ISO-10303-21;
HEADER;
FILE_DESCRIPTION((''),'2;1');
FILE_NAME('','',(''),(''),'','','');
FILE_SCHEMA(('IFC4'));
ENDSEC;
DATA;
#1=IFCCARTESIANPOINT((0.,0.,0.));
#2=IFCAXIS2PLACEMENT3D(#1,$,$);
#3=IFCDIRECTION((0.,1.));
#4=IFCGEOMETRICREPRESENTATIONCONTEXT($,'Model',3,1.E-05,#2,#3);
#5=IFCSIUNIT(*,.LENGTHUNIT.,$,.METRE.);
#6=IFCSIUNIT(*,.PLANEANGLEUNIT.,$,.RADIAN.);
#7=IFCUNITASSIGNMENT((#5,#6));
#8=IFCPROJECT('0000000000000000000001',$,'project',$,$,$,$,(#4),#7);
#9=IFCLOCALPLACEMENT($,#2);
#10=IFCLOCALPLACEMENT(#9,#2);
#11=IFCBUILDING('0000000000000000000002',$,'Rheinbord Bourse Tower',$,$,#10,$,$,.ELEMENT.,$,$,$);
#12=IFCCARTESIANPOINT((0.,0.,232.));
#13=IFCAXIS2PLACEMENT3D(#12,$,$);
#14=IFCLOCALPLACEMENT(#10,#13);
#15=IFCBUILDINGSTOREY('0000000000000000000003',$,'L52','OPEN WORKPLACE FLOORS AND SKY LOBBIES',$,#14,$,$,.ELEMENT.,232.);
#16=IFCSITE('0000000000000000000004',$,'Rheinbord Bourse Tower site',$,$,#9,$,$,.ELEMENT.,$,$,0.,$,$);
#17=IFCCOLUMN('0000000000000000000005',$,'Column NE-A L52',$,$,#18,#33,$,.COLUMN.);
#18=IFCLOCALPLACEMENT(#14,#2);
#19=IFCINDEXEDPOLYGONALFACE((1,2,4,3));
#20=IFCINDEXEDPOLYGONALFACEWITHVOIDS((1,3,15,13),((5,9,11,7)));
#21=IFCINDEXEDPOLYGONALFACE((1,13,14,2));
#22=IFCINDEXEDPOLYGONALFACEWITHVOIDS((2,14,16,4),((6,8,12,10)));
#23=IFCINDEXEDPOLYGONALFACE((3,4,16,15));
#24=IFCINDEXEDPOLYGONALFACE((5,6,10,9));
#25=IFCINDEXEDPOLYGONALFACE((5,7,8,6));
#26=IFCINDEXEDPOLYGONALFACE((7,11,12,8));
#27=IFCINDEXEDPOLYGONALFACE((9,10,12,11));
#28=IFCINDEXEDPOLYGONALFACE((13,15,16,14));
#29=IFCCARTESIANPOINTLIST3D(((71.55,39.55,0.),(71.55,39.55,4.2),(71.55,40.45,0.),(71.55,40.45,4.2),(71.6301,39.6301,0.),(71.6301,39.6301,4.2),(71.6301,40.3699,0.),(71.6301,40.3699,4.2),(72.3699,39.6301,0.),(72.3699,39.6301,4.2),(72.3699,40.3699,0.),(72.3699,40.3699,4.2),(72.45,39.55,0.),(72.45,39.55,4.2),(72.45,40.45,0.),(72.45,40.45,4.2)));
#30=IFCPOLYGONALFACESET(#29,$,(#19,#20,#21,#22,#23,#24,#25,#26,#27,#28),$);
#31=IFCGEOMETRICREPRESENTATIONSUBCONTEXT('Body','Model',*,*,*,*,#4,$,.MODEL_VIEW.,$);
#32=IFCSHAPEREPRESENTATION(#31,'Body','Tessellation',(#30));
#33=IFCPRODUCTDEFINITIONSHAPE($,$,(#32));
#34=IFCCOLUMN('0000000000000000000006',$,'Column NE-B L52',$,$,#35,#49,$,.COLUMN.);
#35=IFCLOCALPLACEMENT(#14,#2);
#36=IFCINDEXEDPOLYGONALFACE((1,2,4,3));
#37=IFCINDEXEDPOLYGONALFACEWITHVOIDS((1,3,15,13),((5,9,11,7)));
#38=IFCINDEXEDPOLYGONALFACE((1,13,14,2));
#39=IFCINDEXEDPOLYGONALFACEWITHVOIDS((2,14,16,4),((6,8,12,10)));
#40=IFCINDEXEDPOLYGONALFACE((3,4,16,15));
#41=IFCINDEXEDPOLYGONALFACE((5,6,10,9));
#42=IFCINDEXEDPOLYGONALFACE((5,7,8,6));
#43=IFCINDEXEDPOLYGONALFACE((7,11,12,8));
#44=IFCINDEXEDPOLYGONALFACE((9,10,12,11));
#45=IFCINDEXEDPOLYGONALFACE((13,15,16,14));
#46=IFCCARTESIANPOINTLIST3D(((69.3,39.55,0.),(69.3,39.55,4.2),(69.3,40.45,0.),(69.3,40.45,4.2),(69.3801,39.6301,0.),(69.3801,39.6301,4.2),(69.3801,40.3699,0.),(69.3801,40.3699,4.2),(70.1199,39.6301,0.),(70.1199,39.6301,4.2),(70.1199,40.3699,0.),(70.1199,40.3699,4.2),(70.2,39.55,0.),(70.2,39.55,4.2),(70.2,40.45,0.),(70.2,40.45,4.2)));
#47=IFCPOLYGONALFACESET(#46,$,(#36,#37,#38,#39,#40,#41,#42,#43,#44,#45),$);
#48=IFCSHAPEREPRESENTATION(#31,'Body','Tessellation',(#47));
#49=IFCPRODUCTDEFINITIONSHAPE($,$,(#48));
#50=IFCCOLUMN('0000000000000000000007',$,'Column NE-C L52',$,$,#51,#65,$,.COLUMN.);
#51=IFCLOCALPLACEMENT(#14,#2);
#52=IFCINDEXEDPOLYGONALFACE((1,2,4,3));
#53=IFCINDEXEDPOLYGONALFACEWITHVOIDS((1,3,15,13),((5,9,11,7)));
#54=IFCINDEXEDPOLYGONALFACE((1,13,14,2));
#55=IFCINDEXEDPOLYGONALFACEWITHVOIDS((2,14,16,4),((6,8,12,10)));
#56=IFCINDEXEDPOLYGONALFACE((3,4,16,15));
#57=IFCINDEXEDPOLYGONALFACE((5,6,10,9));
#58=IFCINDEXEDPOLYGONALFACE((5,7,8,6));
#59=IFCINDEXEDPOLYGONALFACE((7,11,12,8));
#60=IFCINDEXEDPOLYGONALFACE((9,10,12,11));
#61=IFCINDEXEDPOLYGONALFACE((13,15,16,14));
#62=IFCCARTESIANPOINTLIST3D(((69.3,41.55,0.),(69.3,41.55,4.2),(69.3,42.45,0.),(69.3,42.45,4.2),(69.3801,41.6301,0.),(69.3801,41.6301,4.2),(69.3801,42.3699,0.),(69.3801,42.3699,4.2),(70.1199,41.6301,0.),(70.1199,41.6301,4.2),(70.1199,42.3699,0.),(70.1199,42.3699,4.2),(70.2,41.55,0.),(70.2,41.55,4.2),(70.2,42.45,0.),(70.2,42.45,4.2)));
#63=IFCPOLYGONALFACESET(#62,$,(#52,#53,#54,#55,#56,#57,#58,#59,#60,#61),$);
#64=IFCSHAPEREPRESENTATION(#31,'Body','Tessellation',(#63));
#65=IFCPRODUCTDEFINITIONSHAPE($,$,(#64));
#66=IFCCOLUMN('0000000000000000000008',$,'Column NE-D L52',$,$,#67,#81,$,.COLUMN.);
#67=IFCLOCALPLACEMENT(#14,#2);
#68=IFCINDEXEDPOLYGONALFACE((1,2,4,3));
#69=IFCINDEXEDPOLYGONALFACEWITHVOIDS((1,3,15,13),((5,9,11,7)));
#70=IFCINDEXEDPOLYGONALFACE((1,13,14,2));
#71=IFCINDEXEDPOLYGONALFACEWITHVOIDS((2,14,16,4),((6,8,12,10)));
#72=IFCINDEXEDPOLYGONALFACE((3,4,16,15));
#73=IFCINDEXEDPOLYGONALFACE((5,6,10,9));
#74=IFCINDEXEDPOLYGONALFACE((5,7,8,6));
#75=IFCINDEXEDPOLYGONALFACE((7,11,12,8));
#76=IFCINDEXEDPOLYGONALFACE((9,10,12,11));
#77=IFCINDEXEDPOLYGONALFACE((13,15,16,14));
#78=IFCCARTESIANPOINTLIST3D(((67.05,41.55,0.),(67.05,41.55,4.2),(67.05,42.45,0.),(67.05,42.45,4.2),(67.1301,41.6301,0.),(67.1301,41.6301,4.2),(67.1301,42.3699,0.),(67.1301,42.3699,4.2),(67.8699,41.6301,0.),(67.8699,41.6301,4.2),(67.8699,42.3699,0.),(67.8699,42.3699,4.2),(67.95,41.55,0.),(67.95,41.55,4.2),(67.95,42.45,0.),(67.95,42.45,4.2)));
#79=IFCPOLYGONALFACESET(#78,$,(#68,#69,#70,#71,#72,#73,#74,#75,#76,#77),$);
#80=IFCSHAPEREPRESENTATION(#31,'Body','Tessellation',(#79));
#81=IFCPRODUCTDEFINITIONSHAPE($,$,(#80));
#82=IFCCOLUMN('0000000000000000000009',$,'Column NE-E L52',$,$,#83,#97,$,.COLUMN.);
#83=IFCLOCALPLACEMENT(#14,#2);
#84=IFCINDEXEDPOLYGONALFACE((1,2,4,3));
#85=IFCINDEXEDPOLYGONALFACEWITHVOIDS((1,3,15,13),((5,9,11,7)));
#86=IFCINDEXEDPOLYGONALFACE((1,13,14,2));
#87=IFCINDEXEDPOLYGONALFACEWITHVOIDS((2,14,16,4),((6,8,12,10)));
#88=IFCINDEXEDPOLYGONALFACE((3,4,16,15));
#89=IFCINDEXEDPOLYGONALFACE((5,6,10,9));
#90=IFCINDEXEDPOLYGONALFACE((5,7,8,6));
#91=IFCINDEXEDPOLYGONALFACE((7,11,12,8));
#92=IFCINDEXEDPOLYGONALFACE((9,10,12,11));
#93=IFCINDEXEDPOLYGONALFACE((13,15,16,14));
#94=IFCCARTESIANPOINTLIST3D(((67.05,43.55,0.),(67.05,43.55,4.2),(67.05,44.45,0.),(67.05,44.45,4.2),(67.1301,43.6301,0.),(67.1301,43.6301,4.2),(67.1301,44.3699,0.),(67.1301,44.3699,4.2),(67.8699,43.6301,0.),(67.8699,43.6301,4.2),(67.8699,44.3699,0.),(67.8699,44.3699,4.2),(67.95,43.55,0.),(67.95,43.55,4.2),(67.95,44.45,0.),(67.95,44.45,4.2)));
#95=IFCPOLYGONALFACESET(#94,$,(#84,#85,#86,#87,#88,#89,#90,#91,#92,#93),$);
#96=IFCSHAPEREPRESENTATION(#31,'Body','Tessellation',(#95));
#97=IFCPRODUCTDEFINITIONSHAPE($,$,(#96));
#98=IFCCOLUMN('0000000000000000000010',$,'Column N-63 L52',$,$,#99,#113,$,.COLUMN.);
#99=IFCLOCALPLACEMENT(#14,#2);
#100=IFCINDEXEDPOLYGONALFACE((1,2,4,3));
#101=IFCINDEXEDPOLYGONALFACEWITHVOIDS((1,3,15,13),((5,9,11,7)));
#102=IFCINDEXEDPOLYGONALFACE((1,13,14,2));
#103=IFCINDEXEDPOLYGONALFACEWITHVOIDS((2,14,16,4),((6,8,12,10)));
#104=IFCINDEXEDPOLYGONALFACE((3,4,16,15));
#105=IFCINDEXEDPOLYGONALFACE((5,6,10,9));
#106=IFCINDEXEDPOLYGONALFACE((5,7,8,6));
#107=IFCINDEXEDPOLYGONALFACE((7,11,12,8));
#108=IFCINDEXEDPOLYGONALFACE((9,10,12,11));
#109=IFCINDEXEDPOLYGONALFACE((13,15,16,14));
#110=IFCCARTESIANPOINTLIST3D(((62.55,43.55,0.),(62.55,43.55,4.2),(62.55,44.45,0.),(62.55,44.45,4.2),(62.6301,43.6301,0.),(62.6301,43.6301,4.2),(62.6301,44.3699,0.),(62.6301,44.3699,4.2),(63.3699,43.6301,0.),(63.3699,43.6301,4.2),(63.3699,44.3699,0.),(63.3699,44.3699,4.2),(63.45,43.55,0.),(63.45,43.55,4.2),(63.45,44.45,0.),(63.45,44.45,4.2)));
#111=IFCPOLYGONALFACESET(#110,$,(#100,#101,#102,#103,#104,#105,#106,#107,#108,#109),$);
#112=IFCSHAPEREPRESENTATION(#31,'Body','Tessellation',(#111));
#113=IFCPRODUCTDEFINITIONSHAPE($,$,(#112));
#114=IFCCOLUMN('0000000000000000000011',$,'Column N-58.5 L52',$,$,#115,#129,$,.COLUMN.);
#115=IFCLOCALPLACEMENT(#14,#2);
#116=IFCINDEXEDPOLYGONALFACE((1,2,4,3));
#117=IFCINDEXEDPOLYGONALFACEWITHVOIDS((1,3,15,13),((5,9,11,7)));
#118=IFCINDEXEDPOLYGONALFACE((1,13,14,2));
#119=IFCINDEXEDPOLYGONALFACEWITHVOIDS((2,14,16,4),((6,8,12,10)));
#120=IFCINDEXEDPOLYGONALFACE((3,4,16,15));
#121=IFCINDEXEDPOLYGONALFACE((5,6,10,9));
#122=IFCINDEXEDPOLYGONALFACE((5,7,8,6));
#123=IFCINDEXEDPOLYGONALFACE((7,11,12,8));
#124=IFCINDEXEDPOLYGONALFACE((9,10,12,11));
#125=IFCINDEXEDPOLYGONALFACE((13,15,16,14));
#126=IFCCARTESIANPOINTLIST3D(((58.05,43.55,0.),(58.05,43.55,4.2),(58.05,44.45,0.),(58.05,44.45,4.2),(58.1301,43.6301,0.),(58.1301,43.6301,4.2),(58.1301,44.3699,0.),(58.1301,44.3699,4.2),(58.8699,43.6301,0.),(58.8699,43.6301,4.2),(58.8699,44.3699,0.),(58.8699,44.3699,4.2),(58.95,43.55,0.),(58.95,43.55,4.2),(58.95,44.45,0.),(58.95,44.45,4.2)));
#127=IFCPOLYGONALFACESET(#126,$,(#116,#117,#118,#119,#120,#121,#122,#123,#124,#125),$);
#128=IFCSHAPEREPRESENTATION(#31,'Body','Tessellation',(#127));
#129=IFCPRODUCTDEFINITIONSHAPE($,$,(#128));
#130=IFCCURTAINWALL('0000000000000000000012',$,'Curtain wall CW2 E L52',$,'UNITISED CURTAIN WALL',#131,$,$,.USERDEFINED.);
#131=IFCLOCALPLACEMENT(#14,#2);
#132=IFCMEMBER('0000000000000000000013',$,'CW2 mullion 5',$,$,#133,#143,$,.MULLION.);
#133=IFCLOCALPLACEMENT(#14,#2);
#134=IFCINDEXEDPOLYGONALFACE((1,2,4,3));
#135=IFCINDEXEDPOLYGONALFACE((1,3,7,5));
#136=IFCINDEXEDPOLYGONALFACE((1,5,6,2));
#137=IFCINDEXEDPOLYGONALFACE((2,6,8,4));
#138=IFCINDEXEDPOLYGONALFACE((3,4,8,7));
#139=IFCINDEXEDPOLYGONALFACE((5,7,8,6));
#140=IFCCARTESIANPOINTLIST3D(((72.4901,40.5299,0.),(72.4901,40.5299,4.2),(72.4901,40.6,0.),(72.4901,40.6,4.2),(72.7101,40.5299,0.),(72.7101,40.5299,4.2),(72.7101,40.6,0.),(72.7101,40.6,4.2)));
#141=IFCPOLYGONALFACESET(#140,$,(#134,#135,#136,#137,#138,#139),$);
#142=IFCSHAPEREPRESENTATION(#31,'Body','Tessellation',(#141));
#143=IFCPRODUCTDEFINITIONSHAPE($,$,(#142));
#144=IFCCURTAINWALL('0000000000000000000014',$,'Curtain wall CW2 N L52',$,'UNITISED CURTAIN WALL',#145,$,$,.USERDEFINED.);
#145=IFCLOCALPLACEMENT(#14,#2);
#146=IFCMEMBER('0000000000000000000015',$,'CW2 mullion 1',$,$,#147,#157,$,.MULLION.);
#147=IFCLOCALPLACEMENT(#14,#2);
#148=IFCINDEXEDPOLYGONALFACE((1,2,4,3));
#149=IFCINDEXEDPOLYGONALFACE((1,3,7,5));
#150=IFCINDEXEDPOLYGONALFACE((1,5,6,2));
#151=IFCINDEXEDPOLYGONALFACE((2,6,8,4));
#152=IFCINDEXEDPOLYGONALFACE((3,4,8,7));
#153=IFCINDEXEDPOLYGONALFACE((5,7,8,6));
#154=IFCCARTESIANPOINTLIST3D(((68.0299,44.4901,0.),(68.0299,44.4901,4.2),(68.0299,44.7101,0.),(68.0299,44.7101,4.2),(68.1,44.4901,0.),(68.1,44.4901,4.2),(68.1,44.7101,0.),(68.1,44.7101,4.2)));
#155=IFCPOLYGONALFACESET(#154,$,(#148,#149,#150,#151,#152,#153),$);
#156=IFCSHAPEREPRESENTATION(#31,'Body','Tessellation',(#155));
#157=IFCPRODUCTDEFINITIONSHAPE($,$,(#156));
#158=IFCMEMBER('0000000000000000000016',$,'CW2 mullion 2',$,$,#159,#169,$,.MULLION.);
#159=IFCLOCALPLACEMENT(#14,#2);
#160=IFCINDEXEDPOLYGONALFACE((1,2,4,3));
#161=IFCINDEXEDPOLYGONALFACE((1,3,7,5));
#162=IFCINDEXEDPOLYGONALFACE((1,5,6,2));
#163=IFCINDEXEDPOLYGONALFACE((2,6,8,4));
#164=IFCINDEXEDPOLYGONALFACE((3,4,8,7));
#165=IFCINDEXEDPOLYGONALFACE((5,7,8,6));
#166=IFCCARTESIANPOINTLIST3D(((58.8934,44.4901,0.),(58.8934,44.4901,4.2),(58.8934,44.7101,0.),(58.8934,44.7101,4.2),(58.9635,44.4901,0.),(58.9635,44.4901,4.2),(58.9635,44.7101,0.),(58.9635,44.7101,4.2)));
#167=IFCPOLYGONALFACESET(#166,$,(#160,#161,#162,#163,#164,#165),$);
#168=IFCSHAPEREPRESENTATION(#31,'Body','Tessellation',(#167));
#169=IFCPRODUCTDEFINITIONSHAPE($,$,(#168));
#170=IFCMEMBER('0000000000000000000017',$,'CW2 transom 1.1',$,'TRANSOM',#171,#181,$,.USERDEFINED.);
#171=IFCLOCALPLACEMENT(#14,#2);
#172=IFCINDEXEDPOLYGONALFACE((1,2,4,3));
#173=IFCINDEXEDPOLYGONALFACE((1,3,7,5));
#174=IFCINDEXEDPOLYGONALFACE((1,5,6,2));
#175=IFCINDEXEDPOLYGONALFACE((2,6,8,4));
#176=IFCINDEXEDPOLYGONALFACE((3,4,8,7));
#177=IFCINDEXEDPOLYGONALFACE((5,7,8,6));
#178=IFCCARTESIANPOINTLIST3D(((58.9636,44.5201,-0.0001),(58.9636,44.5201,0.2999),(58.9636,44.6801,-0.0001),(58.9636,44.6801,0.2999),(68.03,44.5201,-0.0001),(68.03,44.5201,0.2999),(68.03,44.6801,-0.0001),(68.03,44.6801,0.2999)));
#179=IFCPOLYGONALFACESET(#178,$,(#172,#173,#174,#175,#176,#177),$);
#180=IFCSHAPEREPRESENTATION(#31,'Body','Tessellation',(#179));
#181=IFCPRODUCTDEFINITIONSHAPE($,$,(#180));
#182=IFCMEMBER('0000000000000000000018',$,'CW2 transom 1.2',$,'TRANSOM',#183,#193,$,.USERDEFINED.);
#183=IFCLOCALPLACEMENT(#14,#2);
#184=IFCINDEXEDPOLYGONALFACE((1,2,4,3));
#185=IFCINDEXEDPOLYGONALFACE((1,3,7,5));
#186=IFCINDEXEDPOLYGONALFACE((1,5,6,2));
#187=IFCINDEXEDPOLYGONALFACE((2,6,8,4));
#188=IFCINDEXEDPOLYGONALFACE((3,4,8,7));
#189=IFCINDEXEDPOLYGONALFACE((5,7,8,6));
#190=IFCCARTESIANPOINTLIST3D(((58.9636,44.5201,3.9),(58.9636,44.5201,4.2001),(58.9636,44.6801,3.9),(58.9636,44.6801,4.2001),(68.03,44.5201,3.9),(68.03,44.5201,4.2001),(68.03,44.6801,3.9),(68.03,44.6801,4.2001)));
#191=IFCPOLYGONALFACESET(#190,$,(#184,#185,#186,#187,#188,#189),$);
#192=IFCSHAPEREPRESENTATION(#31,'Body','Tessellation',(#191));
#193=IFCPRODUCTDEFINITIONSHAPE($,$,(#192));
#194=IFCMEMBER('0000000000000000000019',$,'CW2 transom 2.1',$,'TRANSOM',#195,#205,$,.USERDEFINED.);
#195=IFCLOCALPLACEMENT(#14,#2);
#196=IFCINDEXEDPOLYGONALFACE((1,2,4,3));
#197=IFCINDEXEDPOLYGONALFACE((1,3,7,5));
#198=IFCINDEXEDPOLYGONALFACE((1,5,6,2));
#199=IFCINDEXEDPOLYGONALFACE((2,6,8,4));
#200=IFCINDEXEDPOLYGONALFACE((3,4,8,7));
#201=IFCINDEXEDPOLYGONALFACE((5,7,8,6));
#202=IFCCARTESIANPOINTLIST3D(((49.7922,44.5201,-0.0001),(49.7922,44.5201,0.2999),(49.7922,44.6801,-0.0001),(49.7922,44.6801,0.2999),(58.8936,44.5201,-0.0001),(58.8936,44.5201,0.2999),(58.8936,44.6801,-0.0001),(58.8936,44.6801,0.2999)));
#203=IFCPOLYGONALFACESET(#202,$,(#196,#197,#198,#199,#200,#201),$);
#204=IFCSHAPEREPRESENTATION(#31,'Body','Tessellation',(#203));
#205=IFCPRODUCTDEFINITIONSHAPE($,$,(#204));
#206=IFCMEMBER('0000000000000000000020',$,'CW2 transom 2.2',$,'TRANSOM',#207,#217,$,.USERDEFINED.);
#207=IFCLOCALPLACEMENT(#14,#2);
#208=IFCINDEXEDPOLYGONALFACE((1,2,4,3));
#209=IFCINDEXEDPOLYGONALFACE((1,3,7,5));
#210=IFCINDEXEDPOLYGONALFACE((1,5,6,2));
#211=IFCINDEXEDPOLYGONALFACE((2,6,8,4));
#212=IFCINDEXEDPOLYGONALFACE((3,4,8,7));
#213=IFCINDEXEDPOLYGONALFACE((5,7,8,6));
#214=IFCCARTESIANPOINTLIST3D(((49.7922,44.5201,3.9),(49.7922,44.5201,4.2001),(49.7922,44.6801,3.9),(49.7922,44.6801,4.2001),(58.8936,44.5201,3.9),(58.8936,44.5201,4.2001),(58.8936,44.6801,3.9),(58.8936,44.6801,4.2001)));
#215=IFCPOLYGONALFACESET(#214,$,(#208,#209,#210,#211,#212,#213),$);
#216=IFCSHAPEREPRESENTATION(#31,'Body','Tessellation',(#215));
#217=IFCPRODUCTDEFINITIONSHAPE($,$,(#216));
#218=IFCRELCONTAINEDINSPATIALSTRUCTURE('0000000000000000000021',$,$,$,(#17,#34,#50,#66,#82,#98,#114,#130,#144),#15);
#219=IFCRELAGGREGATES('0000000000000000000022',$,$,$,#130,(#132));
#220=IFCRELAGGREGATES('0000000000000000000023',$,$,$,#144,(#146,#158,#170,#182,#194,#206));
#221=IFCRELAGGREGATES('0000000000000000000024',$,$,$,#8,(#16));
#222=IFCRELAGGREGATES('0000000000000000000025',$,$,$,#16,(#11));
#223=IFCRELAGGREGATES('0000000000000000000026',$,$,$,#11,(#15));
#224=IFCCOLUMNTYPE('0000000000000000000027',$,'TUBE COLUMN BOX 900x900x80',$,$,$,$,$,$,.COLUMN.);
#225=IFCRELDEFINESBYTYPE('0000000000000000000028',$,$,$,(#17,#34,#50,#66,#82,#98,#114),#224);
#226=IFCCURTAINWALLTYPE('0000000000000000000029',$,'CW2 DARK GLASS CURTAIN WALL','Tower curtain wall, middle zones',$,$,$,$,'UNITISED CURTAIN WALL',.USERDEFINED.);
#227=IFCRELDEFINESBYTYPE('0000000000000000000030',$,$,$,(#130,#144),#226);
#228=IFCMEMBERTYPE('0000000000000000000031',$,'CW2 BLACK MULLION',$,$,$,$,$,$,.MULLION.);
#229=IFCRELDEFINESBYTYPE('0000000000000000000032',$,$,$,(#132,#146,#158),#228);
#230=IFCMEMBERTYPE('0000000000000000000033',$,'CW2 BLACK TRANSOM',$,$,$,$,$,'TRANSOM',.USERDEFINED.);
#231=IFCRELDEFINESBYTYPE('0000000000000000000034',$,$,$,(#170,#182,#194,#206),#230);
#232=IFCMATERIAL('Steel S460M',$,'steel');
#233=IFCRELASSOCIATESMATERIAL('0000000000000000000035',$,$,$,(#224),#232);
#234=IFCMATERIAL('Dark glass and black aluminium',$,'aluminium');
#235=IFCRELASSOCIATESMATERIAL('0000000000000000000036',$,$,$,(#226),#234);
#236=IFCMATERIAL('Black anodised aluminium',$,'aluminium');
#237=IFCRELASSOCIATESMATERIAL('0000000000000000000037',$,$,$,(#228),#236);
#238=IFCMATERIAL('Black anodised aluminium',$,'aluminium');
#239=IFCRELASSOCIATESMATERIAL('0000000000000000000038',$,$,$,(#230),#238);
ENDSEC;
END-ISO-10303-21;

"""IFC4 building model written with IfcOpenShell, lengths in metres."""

from ifc_helpers import new_model, si_unit, direction, frame, origin, origin_2d, place, context, subcontext, project, spatial, rectangle, hollow_rectangle, extrude, material, material_profile, profile_set, type_object, element, aggregate, save


model = new_model("IFC4")

# Units and contexts
model_context = context("Model", 3, precision=1e-05, world=origin(), true_north=direction((0.0, 1.0)))
body_context = subcontext(model_context, "Body", "Model", "MODEL_VIEW")
ifc_project = project(units=[si_unit("LENGTHUNIT", "METRE"), si_unit("PLANEANGLEUNIT", "RADIAN")], contexts=[model_context])

# Site, building, storey
site_placement = place(None, origin())
site = spatial("IfcSite", under=ifc_project, at=site_placement, Name="Rheinbord Bourse Tower site", CompositionType="ELEMENT", RefElevation=0.0)
building_placement = place(site_placement, origin())
building = spatial("IfcBuilding", under=site, at=building_placement, Name="Rheinbord Bourse Tower", CompositionType="ELEMENT")
storey_placement = place(building_placement, frame((0.0, 0.0, 232.0)))
storey = spatial("IfcBuildingStorey", under=building, at=storey_placement, Name="L52", Description="OPEN WORKPLACE FLOORS AND SKY LOBBIES", CompositionType="ELEMENT", Elevation=232.0)

# Columns
ifc_material_1 = material(Name="Steel S460M", Category="steel")
ifc_material_profile_1 = material_profile(ifc_material_1, hollow_rectangle(XDim=0.8999, YDim=0.8999, WallThickness=0.0801, at=origin_2d()), Name="BOX 900x900x80")
ifc_profile_set_1 = profile_set([ifc_material_profile_1], Name="Steel S460M")
column_type = type_object("IfcColumnType", Name="TUBE COLUMN BOX 900x900x80", PredefinedType="COLUMN", material=ifc_profile_set_1)
for number, where, z_axis, x_axis, name in (
    (1, (72.0, 40.0, 0.0), (0.0, 0.0, 1.0), (1.0, 0.0, 0.0), "Column NE-A L52"),
    (2, (69.75, 40.0, 0.0), (0.0, 0.0, 1.0), (1.0, 0.0, 0.0), "Column NE-B L52"),
    (3, (69.75, 42.0, 0.0), (0.0, 0.0, 1.0), (1.0, 0.0, 0.0), "Column NE-C L52"),
    (4, (67.5, 42.0, 0.0), (0.0, 0.0, 1.0), (0.0, 1.0, 0.0), "Column NE-D L52"),
    (5, (67.5, 44.0, 0.0), (0.0, 0.0, 1.0), (0.0, 1.0, 0.0), "Column NE-E L52"),
    (6, (63.0, 44.0, 0.0), (0.0, 0.0, 1.0), (0.0, 1.0, 0.0), "Column N-63 L52"),
    (7, (58.5, 44.0, 0.0), (0.0, 0.0, 1.0), (0.0, 1.0, 0.0), "Column N-58.5 L52"),
):
    element("IfcColumn", number, at=place(storey_placement, frame(where, z_axis=z_axis, x_axis=x_axis)), inside=storey, type_object=column_type, Name=name, PredefinedType="COLUMN", context=body_context, shape_type="SweptSolid", body=[
        extrude(hollow_rectangle(XDim=0.8999, YDim=0.8999, WallThickness=0.0801, at=origin_2d()), origin(), (0.0, 0.0, 1.0), 4.2),
    ])

# Curtain wall, member
ifc_material_2 = material(Name="Dark glass and black aluminium", Category="aluminium")
curtain_wall_type = type_object("IfcCurtainWallType", Name="CW2 DARK GLASS CURTAIN WALL", Description="Tower curtain wall, middle zones", ElementType="UNITISED CURTAIN WALL", PredefinedType="USERDEFINED", material=ifc_material_2)
curtain_wall_1_placement = place(storey_placement, origin())
curtain_wall_1 = element("IfcCurtainWall", 8, at=curtain_wall_1_placement, inside=storey, type_object=curtain_wall_type, Name="Curtain wall CW2 E L52", ObjectType="UNITISED CURTAIN WALL", PredefinedType="USERDEFINED")
ifc_material_3 = material(Name="Black anodised aluminium", Category="aluminium")
ifc_material_profile_2 = material_profile(ifc_material_3, rectangle(XDim=0.22, YDim=0.0701, at=origin_2d()), Name="CW2 MULLION 70x220")
ifc_profile_set_2 = profile_set([ifc_material_profile_2], Name="Black anodised aluminium")
member_type_1 = type_object("IfcMemberType", Name="CW2 BLACK MULLION", PredefinedType="MULLION", material=ifc_profile_set_2)
member_1_placement = place(storey_placement, frame((72.6001, 40.5649, 0.0), z_axis=(0.0, 0.0, 1.0), x_axis=(-1.0, 0.0, 0.0)))
member_1 = element("IfcMember", 9, at=member_1_placement, type_object=member_type_1, Name="CW2 mullion 5", PredefinedType="MULLION", context=body_context, shape_type="SweptSolid", body=[
    extrude(rectangle(XDim=0.22, YDim=0.0701, at=origin_2d()), origin(), (0.0, 0.0, 1.0), 4.2),
])

# Curtain wall, members
curtain_wall_2_placement = place(storey_placement, origin())
curtain_wall_2 = element("IfcCurtainWall", 10, at=curtain_wall_2_placement, inside=storey, type_object=curtain_wall_type, Name="Curtain wall CW2 N L52", ObjectType="UNITISED CURTAIN WALL", PredefinedType="USERDEFINED")
member_2_placement = place(storey_placement, frame((68.0649, 44.6001, 0.0), z_axis=(0.0, 0.0, 1.0), x_axis=(0.0, -1.0, 0.0)))
member_2 = element("IfcMember", 11, at=member_2_placement, type_object=member_type_1, Name="CW2 mullion 1", PredefinedType="MULLION", context=body_context, shape_type="SweptSolid", body=[
    extrude(rectangle(XDim=0.22, YDim=0.0701, at=origin_2d()), origin(), (0.0, 0.0, 1.0), 4.2),
])
member_3_placement = place(storey_placement, frame((58.9285, 44.6001, 0.0), z_axis=(0.0, 0.0, 1.0), x_axis=(0.0, -1.0, 0.0)))
member_3 = element("IfcMember", 12, at=member_3_placement, type_object=member_type_1, Name="CW2 mullion 2", PredefinedType="MULLION", context=body_context, shape_type="SweptSolid", body=[
    extrude(rectangle(XDim=0.22, YDim=0.0701, at=origin_2d()), origin(), (0.0, 0.0, 1.0), 4.2),
])
ifc_material_4 = material(Name="Black anodised aluminium", Category="aluminium")
ifc_material_profile_3 = material_profile(ifc_material_4, rectangle(XDim=0.1599, YDim=0.3, at=origin_2d()), Name="CW2 TRANSOM 300x160")
ifc_profile_set_3 = profile_set([ifc_material_profile_3], Name="Black anodised aluminium")
member_type_2 = type_object("IfcMemberType", Name="CW2 BLACK TRANSOM", ElementType="TRANSOM", PredefinedType="USERDEFINED", material=ifc_profile_set_3)
member_4_placement = place(storey_placement, frame((68.03, 44.6001, 0.1499), z_axis=(-1.0, 0.0, 0.0), x_axis=(0.0, -1.0, 0.0)))
member_4 = element("IfcMember", 13, at=member_4_placement, type_object=member_type_2, Name="CW2 transom 1.1", ObjectType="TRANSOM", PredefinedType="USERDEFINED", context=body_context, shape_type="SweptSolid", body=[
    extrude(rectangle(XDim=0.1599, YDim=0.3, at=origin_2d()), origin(), (0.0, 0.0, 1.0), 9.0664),
])
member_5_placement = place(storey_placement, frame((68.03, 44.6001, 4.05), z_axis=(-1.0, 0.0, 0.0), x_axis=(0.0, -1.0, 0.0)))
member_5 = element("IfcMember", 14, at=member_5_placement, type_object=member_type_2, Name="CW2 transom 1.2", ObjectType="TRANSOM", PredefinedType="USERDEFINED", context=body_context, shape_type="SweptSolid", body=[
    extrude(rectangle(XDim=0.1599, YDim=0.3, at=origin_2d()), origin(), (0.0, 0.0, 1.0), 9.0664),
])
member_6_placement = place(storey_placement, frame((58.8936, 44.6001, 0.1499), z_axis=(-1.0, 0.0, 0.0), x_axis=(0.0, -1.0, 0.0)))
member_6 = element("IfcMember", 15, at=member_6_placement, type_object=member_type_2, Name="CW2 transom 2.1", ObjectType="TRANSOM", PredefinedType="USERDEFINED", context=body_context, shape_type="SweptSolid", body=[
    extrude(rectangle(XDim=0.1599, YDim=0.3, at=origin_2d()), origin(), (0.0, 0.0, 1.0), 9.1013),
])
member_7_placement = place(storey_placement, frame((58.8936, 44.6001, 4.05), z_axis=(-1.0, 0.0, 0.0), x_axis=(0.0, -1.0, 0.0)))
member_7 = element("IfcMember", 16, at=member_7_placement, type_object=member_type_2, Name="CW2 transom 2.2", ObjectType="TRANSOM", PredefinedType="USERDEFINED", context=body_context, shape_type="SweptSolid", body=[
    extrude(rectangle(XDim=0.1599, YDim=0.3, at=origin_2d()), origin(), (0.0, 0.0, 1.0), 9.1013),
])

aggregate(curtain_wall_1, [member_1])
aggregate(curtain_wall_2, [member_2, member_3, member_4, member_5, member_6, member_7])

save(model, "model.ifc")
